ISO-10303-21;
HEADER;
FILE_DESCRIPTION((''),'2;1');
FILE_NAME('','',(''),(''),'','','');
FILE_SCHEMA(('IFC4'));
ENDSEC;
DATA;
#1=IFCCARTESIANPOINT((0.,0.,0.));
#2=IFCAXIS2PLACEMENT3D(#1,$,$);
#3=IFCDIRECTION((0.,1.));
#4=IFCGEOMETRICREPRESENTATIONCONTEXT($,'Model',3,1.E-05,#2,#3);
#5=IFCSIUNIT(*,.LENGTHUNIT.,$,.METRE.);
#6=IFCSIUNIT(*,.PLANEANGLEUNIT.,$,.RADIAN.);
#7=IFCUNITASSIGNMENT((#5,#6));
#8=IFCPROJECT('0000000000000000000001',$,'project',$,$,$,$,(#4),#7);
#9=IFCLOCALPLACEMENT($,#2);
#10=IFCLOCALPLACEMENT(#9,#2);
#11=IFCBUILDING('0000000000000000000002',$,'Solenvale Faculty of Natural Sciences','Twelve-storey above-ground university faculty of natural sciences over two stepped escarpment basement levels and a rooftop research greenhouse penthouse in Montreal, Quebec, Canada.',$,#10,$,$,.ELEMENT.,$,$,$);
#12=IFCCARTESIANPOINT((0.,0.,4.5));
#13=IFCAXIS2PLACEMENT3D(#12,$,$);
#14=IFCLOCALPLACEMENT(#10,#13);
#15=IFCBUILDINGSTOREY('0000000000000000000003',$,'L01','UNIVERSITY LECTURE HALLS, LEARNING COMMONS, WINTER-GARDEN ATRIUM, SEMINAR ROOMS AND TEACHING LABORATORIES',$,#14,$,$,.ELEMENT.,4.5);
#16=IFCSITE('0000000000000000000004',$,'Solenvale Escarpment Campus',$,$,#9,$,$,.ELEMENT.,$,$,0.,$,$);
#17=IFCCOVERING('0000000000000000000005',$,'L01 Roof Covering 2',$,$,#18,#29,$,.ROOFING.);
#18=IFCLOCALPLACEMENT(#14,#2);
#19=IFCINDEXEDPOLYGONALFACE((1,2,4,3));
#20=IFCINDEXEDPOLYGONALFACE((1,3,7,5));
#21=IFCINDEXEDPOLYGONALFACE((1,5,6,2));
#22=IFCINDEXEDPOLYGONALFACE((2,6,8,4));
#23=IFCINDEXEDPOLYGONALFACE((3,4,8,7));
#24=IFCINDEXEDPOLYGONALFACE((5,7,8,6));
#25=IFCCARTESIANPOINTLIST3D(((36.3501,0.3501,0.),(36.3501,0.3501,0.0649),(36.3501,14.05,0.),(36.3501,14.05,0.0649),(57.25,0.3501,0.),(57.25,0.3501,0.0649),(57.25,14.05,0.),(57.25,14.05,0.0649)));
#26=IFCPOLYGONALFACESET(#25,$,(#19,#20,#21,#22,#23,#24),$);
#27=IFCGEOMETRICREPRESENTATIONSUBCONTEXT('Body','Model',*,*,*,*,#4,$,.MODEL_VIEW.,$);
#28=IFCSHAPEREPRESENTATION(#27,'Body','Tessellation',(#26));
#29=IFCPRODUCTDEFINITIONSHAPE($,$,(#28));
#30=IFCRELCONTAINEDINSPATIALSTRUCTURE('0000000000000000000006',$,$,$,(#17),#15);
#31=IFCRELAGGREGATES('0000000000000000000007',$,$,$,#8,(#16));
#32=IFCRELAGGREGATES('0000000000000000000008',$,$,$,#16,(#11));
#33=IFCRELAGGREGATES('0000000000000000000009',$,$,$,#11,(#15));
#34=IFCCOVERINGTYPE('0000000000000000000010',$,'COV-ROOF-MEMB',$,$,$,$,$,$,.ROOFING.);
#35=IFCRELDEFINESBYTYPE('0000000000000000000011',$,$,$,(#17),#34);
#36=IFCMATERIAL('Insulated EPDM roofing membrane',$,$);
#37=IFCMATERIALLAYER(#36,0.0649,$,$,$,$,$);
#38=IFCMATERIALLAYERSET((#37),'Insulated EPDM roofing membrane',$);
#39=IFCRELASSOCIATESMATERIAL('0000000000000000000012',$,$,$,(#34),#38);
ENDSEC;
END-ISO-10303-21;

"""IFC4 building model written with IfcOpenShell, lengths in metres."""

from ifc_helpers import new_model, si_unit, direction, frame, origin, place, context, subcontext, project, spatial, polyline, outline, extrude, material, layer, layer_set, type_object, element, save


model = new_model("IFC4")

# Units and contexts
model_context = context("Model", 3, precision=1e-05, world=origin(), true_north=direction((0.0, 1.0)))
body_context = subcontext(model_context, "Body", "Model", "MODEL_VIEW")
ifc_project = project(units=[si_unit("LENGTHUNIT", "METRE"), si_unit("PLANEANGLEUNIT", "RADIAN")], contexts=[model_context])

# Site, building, storey
site_placement = place(None, origin())
site = spatial("IfcSite", under=ifc_project, at=site_placement, Name="Solenvale Escarpment Campus", CompositionType="ELEMENT", RefElevation=0.0)
building_placement = place(site_placement, origin())
building = spatial("IfcBuilding", under=site, at=building_placement, Name="Solenvale Faculty of Natural Sciences", Description="Twelve-storey above-ground university faculty of natural sciences over two stepped escarpment basement levels and a rooftop research greenhouse penthouse in Montreal, Quebec, Canada.", CompositionType="ELEMENT")
storey_placement = place(building_placement, frame((0.0, 0.0, 4.5)))
storey = spatial("IfcBuildingStorey", under=building, at=storey_placement, Name="L01", Description="UNIVERSITY LECTURE HALLS, LEARNING COMMONS, WINTER-GARDEN ATRIUM, SEMINAR ROOMS AND TEACHING LABORATORIES", CompositionType="ELEMENT", Elevation=4.5)

# Covering
ifc_material_1 = material(Name="Insulated EPDM roofing membrane")
ifc_layer_1 = layer(ifc_material_1, 0.0649)
ifc_layer_set_1 = layer_set([ifc_layer_1], Name="Insulated EPDM roofing membrane")
covering_type_1 = type_object("IfcCoveringType", Name="COV-ROOF-MEMB", PredefinedType="ROOFING", material=ifc_layer_set_1)
covering_1_placement = place(storey_placement, origin())
element("IfcCovering", 1, at=covering_1_placement, inside=storey, type_object=covering_type_1, Name="L01 Roof Covering 2", PredefinedType="ROOFING", context=body_context, shape_type="SweptSolid", body=[
    extrude(outline(polyline([(36.3501, 0.3501), (36.3501, 14.05), (57.25, 14.05), (57.25, 0.3501), (36.3501, 0.3501)])), origin(), (0.0, 0.0, 1.0), 0.0649),
])

save(model, "model.ifc")
